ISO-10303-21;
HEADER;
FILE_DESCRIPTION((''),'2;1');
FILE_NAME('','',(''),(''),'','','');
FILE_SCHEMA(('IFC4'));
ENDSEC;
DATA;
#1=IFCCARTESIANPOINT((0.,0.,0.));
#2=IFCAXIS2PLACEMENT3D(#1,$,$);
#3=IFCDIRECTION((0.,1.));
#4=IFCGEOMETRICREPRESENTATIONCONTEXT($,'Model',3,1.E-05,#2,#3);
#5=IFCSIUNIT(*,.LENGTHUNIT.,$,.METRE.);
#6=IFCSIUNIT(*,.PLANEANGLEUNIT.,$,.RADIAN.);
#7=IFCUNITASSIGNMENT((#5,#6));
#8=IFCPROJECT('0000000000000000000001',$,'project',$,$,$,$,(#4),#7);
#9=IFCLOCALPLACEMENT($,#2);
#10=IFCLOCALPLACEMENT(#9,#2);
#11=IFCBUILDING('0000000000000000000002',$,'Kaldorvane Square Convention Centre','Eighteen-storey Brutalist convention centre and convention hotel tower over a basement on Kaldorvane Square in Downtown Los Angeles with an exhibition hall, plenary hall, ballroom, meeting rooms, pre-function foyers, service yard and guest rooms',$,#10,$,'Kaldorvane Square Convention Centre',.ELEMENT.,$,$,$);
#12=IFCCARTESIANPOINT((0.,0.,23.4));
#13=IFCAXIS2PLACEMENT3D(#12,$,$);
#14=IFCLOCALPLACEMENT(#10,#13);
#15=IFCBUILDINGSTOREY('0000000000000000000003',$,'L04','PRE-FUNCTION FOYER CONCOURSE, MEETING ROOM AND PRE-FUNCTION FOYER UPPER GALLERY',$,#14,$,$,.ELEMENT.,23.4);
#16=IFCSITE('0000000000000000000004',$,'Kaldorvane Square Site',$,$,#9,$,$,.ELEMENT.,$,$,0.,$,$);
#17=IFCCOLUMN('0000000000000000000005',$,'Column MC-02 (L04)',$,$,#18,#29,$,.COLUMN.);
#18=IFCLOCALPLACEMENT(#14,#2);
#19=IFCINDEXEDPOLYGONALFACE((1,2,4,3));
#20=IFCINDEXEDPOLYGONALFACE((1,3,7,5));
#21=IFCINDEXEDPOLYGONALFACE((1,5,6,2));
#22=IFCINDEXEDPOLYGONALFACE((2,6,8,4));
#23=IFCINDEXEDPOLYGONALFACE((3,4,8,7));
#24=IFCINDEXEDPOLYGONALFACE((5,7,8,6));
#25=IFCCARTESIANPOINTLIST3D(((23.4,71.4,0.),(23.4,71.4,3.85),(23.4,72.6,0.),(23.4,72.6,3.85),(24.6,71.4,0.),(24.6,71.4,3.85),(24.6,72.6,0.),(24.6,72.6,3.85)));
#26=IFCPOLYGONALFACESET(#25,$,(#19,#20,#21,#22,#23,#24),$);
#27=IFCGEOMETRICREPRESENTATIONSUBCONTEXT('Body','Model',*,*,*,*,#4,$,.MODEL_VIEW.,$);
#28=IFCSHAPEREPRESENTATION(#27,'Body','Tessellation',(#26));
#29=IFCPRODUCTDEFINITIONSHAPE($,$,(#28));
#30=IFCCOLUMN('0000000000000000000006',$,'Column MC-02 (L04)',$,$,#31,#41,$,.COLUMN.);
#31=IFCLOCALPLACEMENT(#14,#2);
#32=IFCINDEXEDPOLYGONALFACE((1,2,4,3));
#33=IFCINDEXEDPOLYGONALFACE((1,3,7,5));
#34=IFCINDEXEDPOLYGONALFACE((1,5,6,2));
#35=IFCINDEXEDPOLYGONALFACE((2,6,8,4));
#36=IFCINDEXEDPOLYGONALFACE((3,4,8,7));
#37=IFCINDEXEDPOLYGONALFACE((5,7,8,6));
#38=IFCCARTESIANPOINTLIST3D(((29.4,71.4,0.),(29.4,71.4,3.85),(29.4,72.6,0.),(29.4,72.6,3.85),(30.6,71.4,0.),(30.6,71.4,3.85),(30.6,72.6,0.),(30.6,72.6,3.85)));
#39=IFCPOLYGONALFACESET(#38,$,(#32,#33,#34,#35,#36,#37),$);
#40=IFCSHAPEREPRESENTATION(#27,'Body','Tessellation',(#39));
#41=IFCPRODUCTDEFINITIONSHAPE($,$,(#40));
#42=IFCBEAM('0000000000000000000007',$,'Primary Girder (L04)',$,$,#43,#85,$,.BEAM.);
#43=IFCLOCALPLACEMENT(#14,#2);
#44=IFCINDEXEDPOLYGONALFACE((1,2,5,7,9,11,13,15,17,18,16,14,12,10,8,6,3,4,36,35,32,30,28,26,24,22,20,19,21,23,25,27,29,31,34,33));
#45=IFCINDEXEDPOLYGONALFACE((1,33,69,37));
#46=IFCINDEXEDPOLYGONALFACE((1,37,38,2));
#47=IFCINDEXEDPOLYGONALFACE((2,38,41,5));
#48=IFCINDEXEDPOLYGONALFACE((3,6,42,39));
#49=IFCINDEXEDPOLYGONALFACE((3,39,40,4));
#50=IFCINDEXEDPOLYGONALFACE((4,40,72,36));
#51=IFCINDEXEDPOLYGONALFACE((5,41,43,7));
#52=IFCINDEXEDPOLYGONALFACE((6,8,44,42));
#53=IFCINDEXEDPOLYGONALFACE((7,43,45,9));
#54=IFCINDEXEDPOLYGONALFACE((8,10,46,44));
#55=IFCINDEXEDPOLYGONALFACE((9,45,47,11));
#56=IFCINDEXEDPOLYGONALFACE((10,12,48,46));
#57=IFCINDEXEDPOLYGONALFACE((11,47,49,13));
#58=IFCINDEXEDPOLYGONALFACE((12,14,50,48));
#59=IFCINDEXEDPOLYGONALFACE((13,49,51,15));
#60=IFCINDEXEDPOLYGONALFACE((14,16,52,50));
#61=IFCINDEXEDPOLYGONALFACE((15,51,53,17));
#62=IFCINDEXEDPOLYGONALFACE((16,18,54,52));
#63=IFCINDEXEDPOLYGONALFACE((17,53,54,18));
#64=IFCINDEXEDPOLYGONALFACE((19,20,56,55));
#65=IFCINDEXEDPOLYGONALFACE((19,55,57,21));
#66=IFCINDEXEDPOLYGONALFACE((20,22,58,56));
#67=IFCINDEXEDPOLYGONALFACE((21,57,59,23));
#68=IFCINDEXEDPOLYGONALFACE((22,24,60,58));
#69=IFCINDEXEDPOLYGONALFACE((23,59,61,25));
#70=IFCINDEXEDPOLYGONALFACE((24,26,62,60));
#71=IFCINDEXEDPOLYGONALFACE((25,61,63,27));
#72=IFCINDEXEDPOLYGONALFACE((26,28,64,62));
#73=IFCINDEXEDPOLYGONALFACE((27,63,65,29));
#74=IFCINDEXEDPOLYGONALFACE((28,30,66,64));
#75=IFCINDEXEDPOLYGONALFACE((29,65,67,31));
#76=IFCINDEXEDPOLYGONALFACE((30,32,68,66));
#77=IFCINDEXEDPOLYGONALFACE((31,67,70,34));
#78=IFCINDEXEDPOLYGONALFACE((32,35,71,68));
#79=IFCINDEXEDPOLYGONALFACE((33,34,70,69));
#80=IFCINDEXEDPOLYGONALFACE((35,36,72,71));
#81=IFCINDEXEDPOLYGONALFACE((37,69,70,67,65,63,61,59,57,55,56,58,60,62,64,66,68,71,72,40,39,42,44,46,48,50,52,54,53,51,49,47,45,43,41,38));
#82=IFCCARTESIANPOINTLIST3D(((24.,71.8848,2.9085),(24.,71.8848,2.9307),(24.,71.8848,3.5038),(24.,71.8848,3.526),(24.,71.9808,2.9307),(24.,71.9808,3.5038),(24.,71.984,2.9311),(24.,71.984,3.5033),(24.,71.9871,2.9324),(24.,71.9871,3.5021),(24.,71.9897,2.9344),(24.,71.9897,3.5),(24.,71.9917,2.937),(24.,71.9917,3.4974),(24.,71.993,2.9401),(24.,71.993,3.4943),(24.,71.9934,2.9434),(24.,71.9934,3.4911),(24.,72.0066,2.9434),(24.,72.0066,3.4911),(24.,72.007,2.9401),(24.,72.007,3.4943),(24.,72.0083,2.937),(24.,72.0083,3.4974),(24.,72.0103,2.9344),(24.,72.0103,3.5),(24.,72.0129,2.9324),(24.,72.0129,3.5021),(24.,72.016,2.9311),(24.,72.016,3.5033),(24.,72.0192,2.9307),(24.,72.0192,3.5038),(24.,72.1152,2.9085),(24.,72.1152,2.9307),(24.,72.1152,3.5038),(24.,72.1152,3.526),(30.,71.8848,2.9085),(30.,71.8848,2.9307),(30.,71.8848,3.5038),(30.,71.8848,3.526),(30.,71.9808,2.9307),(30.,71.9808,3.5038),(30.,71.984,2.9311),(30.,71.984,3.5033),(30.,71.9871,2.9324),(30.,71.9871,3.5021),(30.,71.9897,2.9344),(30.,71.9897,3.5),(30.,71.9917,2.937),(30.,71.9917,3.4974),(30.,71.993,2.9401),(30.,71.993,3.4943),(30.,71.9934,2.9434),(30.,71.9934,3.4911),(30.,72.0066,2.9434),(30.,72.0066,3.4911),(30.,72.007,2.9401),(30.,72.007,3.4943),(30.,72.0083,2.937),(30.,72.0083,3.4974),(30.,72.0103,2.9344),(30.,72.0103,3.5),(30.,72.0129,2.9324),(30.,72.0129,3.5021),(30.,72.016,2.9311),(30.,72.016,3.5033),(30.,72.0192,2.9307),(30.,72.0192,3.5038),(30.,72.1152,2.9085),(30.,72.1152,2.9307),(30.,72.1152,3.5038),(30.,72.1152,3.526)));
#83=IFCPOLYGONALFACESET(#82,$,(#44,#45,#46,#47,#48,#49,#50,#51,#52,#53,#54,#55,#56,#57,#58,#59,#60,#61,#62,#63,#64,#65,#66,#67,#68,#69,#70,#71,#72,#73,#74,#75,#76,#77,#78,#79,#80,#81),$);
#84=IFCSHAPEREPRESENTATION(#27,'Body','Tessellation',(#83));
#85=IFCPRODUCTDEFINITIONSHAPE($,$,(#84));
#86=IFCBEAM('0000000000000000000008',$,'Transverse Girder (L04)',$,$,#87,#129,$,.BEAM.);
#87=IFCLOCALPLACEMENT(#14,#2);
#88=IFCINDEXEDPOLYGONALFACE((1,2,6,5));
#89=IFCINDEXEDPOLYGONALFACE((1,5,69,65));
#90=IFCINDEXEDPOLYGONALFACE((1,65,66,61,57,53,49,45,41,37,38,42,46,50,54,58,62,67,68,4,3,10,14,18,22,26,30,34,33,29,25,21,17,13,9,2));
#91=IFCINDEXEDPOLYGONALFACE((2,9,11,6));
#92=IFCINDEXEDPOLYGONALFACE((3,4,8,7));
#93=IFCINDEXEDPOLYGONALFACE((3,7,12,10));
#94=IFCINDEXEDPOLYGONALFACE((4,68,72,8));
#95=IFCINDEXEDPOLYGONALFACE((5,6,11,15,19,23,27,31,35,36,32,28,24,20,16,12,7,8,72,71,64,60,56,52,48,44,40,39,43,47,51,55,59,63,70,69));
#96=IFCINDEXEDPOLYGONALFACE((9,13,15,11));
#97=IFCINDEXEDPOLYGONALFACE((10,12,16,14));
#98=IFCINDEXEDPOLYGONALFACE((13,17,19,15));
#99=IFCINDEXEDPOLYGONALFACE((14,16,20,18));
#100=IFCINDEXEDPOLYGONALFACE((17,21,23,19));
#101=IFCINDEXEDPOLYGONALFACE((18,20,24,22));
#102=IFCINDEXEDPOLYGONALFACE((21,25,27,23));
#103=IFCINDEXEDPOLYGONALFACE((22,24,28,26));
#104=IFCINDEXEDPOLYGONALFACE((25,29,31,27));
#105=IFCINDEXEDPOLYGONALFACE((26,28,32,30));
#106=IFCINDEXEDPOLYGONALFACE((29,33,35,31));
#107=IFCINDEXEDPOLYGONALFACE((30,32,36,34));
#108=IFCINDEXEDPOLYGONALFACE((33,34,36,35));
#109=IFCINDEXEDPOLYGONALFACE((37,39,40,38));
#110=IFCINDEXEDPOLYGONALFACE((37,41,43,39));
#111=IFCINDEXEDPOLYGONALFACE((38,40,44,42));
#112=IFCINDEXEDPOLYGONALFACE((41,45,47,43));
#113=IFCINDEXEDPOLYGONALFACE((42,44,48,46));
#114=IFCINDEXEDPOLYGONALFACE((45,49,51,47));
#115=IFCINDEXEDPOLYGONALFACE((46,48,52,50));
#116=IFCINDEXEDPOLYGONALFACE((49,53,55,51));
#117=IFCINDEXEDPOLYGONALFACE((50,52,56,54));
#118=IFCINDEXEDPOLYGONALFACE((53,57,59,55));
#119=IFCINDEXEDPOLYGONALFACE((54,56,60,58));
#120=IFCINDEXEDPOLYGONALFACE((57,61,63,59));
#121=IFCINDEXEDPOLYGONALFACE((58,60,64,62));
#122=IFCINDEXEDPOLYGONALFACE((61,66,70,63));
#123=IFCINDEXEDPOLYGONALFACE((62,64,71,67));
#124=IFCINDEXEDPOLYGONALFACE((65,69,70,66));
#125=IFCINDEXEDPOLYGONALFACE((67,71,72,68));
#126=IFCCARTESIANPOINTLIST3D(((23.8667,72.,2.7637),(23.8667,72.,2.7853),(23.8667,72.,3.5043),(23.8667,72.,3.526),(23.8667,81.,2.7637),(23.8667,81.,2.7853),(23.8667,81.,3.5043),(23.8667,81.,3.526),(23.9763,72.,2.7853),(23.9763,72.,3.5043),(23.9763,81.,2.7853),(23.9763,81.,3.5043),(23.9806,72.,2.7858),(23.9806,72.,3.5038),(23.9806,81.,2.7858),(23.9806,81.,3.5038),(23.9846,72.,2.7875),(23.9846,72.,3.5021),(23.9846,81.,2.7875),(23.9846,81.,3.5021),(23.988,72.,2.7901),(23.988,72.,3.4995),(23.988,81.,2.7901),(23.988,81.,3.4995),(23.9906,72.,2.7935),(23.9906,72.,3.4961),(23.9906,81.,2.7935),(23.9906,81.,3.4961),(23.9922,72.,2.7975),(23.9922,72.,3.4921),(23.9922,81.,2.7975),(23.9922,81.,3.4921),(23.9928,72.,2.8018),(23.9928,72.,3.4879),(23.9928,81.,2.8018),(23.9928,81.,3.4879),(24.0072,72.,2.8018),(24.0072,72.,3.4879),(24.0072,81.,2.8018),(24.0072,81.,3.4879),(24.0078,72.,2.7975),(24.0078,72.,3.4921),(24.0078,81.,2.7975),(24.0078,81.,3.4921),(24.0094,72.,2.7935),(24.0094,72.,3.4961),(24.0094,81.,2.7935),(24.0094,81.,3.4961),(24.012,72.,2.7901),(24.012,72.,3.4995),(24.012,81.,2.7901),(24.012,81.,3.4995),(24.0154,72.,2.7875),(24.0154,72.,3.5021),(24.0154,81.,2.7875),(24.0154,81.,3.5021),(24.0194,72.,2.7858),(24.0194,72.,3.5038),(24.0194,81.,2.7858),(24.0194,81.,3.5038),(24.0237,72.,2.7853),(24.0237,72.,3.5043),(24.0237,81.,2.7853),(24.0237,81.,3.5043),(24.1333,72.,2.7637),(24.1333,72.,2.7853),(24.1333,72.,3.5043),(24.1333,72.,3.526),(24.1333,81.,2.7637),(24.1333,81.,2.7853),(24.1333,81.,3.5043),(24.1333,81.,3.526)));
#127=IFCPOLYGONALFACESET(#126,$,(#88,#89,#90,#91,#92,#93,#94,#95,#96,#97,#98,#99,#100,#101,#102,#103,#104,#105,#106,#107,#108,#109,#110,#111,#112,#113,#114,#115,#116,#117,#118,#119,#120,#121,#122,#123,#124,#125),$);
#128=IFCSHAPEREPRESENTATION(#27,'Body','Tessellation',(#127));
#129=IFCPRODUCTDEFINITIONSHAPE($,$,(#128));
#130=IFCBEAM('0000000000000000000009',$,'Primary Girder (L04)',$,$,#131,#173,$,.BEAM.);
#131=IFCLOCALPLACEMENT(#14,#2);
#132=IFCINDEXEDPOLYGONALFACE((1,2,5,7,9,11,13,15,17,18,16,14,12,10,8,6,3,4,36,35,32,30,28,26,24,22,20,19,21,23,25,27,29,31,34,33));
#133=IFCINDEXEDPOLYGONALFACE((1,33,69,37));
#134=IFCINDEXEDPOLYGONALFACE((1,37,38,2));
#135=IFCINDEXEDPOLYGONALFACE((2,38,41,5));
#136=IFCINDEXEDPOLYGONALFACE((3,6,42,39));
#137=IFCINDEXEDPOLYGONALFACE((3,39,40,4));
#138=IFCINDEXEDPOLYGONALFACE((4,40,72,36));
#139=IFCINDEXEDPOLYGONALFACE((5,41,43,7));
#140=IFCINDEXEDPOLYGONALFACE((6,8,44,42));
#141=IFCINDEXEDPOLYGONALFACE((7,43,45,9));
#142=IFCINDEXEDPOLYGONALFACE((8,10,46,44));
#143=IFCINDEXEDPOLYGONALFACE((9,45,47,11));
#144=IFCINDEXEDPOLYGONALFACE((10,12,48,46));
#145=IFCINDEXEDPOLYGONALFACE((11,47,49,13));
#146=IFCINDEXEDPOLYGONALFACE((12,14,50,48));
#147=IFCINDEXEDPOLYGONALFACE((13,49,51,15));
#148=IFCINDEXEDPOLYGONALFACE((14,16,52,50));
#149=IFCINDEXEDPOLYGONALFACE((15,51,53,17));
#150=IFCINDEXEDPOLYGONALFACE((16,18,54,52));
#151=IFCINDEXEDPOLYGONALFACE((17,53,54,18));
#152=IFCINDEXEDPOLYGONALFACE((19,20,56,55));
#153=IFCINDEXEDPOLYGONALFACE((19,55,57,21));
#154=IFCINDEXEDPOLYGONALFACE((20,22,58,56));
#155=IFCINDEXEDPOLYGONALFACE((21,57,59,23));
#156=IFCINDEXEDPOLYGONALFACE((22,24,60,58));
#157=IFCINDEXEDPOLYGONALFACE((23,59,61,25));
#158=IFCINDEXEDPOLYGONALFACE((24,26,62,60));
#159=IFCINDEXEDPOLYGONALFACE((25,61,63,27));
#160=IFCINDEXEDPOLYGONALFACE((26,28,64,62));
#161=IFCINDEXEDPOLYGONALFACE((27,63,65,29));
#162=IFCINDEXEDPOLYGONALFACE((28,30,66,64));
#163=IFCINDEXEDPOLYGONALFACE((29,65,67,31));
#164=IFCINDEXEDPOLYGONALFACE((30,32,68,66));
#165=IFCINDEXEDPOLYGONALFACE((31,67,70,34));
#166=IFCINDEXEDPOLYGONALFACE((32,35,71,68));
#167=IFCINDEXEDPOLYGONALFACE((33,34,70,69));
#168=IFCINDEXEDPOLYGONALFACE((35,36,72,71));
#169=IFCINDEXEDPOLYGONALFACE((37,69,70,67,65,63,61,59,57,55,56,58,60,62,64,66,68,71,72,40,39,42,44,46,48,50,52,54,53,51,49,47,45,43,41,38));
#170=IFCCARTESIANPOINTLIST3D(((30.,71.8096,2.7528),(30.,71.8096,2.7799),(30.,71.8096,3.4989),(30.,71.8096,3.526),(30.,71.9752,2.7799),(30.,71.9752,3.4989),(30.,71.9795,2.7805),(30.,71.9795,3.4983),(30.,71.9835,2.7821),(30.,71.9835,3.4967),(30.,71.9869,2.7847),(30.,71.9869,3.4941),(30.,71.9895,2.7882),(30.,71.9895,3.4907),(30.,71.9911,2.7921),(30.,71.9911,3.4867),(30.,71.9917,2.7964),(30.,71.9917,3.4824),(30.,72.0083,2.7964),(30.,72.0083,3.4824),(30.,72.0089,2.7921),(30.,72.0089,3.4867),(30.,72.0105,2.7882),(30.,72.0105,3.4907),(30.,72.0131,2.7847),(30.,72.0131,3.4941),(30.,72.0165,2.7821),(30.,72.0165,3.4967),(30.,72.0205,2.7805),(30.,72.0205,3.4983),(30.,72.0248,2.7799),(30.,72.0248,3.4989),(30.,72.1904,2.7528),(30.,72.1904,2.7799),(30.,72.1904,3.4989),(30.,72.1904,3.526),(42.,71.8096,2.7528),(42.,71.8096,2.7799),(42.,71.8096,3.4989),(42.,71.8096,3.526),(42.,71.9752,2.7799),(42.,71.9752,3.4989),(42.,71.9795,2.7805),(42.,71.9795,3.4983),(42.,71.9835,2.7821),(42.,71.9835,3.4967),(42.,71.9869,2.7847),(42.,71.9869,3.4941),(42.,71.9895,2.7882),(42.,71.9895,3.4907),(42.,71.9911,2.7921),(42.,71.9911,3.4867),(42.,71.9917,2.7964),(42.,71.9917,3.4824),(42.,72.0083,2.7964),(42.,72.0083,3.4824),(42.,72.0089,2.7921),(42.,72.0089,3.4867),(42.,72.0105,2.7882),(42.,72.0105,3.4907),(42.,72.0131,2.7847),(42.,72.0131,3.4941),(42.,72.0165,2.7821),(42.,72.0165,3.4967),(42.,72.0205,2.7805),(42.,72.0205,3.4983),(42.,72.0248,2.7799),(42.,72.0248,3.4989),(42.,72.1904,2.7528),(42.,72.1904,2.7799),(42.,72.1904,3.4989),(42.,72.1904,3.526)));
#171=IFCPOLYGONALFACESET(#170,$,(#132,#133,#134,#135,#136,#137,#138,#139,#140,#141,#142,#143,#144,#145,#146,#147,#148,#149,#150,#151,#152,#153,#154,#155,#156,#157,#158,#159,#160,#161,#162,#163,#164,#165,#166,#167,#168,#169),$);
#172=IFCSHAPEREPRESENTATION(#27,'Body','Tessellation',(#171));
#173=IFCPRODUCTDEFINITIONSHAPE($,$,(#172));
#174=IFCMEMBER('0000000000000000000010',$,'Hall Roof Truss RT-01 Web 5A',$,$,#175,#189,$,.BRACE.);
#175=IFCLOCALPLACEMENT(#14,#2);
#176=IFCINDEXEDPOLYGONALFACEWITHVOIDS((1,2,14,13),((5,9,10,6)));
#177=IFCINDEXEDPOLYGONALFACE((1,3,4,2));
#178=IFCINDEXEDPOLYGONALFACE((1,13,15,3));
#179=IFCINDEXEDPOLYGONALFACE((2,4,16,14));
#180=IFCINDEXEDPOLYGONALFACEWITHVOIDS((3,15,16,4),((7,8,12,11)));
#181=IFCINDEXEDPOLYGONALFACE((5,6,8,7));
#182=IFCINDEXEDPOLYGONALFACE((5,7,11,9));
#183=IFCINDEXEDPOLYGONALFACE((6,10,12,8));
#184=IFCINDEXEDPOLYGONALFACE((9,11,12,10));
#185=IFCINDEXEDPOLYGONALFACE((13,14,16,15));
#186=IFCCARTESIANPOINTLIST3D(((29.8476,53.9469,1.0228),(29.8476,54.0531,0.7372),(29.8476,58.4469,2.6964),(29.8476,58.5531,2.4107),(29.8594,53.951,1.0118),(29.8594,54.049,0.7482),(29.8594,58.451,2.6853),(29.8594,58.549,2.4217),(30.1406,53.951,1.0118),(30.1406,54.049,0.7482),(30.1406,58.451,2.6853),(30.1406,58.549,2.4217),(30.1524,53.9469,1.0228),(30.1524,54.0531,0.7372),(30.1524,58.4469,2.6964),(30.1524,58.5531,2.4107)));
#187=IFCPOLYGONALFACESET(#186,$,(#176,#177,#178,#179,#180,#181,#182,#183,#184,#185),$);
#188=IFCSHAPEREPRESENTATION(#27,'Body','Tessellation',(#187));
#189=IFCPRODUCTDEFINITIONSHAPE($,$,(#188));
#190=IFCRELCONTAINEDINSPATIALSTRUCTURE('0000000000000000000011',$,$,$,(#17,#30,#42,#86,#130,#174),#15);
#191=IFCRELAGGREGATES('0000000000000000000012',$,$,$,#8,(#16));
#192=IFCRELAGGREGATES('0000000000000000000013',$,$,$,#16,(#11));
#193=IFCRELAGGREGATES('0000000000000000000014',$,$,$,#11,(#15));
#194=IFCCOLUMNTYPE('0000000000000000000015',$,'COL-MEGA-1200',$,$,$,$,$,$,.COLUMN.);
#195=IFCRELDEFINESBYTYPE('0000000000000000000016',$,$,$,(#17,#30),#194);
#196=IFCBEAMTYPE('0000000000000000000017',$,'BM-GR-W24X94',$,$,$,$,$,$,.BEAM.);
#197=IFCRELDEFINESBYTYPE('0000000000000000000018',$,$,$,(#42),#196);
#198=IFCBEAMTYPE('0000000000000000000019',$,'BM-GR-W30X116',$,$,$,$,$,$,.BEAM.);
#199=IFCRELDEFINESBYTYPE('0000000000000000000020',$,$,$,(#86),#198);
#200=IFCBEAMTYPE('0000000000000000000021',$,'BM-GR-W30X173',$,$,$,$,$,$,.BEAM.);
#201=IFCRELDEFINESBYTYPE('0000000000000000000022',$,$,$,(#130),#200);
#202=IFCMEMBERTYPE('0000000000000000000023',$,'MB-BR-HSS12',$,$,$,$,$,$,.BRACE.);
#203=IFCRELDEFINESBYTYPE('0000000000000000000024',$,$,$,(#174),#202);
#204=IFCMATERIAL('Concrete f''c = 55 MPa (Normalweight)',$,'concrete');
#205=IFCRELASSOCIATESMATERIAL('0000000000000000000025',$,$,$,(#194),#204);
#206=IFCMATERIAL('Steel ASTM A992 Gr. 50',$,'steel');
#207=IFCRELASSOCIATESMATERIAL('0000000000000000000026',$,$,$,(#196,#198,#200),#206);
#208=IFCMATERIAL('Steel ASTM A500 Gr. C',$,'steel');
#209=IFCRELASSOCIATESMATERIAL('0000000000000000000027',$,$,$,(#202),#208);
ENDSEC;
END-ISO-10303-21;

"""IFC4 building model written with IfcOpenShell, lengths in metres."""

from ifc_helpers import new_model, si_unit, direction, frame, origin, origin_2d, place, context, subcontext, project, spatial, rectangle, hollow_rectangle, i_section, extrude, material, material_profile, profile_set, type_object, element, save


model = new_model("IFC4")

# Units and contexts
model_context = context("Model", 3, precision=1e-05, world=origin(), true_north=direction((0.0, 1.0)))
body_context = subcontext(model_context, "Body", "Model", "MODEL_VIEW")
ifc_project = project(units=[si_unit("LENGTHUNIT", "METRE"), si_unit("PLANEANGLEUNIT", "RADIAN")], contexts=[model_context])

# Site, building, storey
site_placement = place(None, origin())
site = spatial("IfcSite", under=ifc_project, at=site_placement, Name="Kaldorvane Square Site", CompositionType="ELEMENT", RefElevation=0.0)
building_placement = place(site_placement, origin())
building = spatial("IfcBuilding", under=site, at=building_placement, Name="Kaldorvane Square Convention Centre", Description="Eighteen-storey Brutalist convention centre and convention hotel tower over a basement on Kaldorvane Square in Downtown Los Angeles with an exhibition hall, plenary hall, ballroom, meeting rooms, pre-function foyers, service yard and guest rooms", LongName="Kaldorvane Square Convention Centre", CompositionType="ELEMENT")
storey_placement = place(building_placement, frame((0.0, 0.0, 23.4)))
storey = spatial("IfcBuildingStorey", under=building, at=storey_placement, Name="L04", Description="PRE-FUNCTION FOYER CONCOURSE, MEETING ROOM AND PRE-FUNCTION FOYER UPPER GALLERY", CompositionType="ELEMENT", Elevation=23.4)

# Columns
ifc_material_1 = material(Name="Concrete f'c = 55 MPa (Normalweight)", Category="concrete")
ifc_material_profile_1 = material_profile(ifc_material_1, rectangle(XDim=1.2, YDim=1.2, at=origin_2d()), Name="RC1200X1200")
ifc_profile_set_1 = profile_set([ifc_material_profile_1], Name="Concrete f'c = 55 MPa (Normalweight)")
column_type = type_object("IfcColumnType", Name="COL-MEGA-1200", PredefinedType="COLUMN", material=ifc_profile_set_1)
for number, where, z_axis, x_axis, name in (
    (1, (24.0, 72.0, 0.0), (0.0, 0.0, 1.0), (1.0, 0.0, 0.0), "Column MC-02 (L04)"),
    (2, (30.0, 72.0, 0.0), (0.0, 0.0, 1.0), (1.0, 0.0, 0.0), "Column MC-02 (L04)"),
):
    element("IfcColumn", number, at=place(storey_placement, frame(where, z_axis=z_axis, x_axis=x_axis)), inside=storey, type_object=column_type, Name=name, PredefinedType="COLUMN", context=body_context, shape_type="SweptSolid", body=[
        extrude(rectangle(XDim=1.2, YDim=1.2, at=origin_2d()), origin(), (0.0, 0.0, 1.0), 3.85),
    ])

# Beams
ifc_material_2 = material(Name="Steel ASTM A992 Gr. 50", Category="steel")
ifc_material_profile_2 = material_profile(ifc_material_2, i_section(OverallWidth=0.2303, OverallDepth=0.6175, WebThickness=0.0131, FlangeThickness=0.0222, FilletRadius=0.0127, at=origin_2d()), Name="W24X94")
ifc_profile_set_2 = profile_set([ifc_material_profile_2], Name="Steel ASTM A992 Gr. 50")
beam_type_1 = type_object("IfcBeamType", Name="BM-GR-W24X94", PredefinedType="BEAM", material=ifc_profile_set_2)
beam_1_placement = place(storey_placement, frame((24.0, 72.0, 3.2172), z_axis=(1.0, 0.0, 0.0), x_axis=(0.0, 1.0, 0.0)))
element("IfcBeam", 3, at=beam_1_placement, inside=storey, type_object=beam_type_1, Name="Primary Girder (L04)", PredefinedType="BEAM", context=body_context, shape_type="SweptSolid", body=[
    extrude(i_section(OverallWidth=0.2303, OverallDepth=0.6175, WebThickness=0.0131, FlangeThickness=0.0222, FilletRadius=0.0127, at=origin_2d()), origin(), (0.0, 0.0, 1.0), 6.0),
])
ifc_material_profile_3 = material_profile(ifc_material_2, i_section(OverallWidth=0.2666, OverallDepth=0.7623, WebThickness=0.0144, FlangeThickness=0.0216, FilletRadius=0.0165, at=origin_2d()), Name="W30X116")
ifc_profile_set_3 = profile_set([ifc_material_profile_3], Name="Steel ASTM A992 Gr. 50")
beam_type_2 = type_object("IfcBeamType", Name="BM-GR-W30X116", PredefinedType="BEAM", material=ifc_profile_set_3)
beam_2_placement = place(storey_placement, frame((24.0, 72.0, 3.1448), z_axis=(0.0, 1.0, 0.0), x_axis=(-1.0, 0.0, 0.0)))
element("IfcBeam", 4, at=beam_2_placement, inside=storey, type_object=beam_type_2, Name="Transverse Girder (L04)", PredefinedType="BEAM", context=body_context, shape_type="SweptSolid", body=[
    extrude(i_section(OverallWidth=0.2666, OverallDepth=0.7623, WebThickness=0.0144, FlangeThickness=0.0216, FilletRadius=0.0165, at=origin_2d()), origin(), (0.0, 0.0, 1.0), 9.0),
])
ifc_material_profile_4 = material_profile(ifc_material_2, i_section(OverallWidth=0.3807, OverallDepth=0.7732, WebThickness=0.0166, FlangeThickness=0.0271, FilletRadius=0.0165, at=origin_2d()), Name="W30X173")
ifc_profile_set_4 = profile_set([ifc_material_profile_4], Name="Steel ASTM A992 Gr. 50")
beam_type_3 = type_object("IfcBeamType", Name="BM-GR-W30X173", PredefinedType="BEAM", material=ifc_profile_set_4)
beam_3_placement = place(storey_placement, frame((30.0, 72.0, 3.1394), z_axis=(1.0, 0.0, 0.0), x_axis=(0.0, 1.0, 0.0)))
element("IfcBeam", 5, at=beam_3_placement, inside=storey, type_object=beam_type_3, Name="Primary Girder (L04)", PredefinedType="BEAM", context=body_context, shape_type="SweptSolid", body=[
    extrude(i_section(OverallWidth=0.3807, OverallDepth=0.7732, WebThickness=0.0166, FlangeThickness=0.0271, FilletRadius=0.0165, at=origin_2d()), origin(), (0.0, 0.0, 1.0), 12.0),
])

# Member
ifc_material_3 = material(Name="Steel ASTM A500 Gr. C", Category="steel")
ifc_material_profile_5 = material_profile(ifc_material_3, hollow_rectangle(XDim=0.3048, YDim=0.3048, WallThickness=0.0118, at=origin_2d()), Name="HSS12X12X1/2")
ifc_profile_set_5 = profile_set([ifc_material_profile_5], Name="Steel ASTM A500 Gr. C")
member_type_1 = type_object("IfcMemberType", Name="MB-BR-HSS12", PredefinedType="BRACE", material=ifc_profile_set_5)
for number, where, z_axis, x_axis, name in (
    (6, (30.0, 54.0, 0.88), (0.0, 0.937284, 0.348567), (-1.0, 0.0, 0.0), "Hall Roof Truss RT-01 Web 5A"),
):
    element("IfcMember", number, at=place(storey_placement, frame(where, z_axis=z_axis, x_axis=x_axis)), inside=storey, type_object=member_type_1, Name=name, PredefinedType="BRACE", context=body_context, shape_type="SweptSolid", body=[
        extrude(hollow_rectangle(XDim=0.3048, YDim=0.3048, WallThickness=0.0118, at=origin_2d()), origin(), (0.0, 0.0, 1.0), 4.8011),
    ])

save(model, "model.ifc")
